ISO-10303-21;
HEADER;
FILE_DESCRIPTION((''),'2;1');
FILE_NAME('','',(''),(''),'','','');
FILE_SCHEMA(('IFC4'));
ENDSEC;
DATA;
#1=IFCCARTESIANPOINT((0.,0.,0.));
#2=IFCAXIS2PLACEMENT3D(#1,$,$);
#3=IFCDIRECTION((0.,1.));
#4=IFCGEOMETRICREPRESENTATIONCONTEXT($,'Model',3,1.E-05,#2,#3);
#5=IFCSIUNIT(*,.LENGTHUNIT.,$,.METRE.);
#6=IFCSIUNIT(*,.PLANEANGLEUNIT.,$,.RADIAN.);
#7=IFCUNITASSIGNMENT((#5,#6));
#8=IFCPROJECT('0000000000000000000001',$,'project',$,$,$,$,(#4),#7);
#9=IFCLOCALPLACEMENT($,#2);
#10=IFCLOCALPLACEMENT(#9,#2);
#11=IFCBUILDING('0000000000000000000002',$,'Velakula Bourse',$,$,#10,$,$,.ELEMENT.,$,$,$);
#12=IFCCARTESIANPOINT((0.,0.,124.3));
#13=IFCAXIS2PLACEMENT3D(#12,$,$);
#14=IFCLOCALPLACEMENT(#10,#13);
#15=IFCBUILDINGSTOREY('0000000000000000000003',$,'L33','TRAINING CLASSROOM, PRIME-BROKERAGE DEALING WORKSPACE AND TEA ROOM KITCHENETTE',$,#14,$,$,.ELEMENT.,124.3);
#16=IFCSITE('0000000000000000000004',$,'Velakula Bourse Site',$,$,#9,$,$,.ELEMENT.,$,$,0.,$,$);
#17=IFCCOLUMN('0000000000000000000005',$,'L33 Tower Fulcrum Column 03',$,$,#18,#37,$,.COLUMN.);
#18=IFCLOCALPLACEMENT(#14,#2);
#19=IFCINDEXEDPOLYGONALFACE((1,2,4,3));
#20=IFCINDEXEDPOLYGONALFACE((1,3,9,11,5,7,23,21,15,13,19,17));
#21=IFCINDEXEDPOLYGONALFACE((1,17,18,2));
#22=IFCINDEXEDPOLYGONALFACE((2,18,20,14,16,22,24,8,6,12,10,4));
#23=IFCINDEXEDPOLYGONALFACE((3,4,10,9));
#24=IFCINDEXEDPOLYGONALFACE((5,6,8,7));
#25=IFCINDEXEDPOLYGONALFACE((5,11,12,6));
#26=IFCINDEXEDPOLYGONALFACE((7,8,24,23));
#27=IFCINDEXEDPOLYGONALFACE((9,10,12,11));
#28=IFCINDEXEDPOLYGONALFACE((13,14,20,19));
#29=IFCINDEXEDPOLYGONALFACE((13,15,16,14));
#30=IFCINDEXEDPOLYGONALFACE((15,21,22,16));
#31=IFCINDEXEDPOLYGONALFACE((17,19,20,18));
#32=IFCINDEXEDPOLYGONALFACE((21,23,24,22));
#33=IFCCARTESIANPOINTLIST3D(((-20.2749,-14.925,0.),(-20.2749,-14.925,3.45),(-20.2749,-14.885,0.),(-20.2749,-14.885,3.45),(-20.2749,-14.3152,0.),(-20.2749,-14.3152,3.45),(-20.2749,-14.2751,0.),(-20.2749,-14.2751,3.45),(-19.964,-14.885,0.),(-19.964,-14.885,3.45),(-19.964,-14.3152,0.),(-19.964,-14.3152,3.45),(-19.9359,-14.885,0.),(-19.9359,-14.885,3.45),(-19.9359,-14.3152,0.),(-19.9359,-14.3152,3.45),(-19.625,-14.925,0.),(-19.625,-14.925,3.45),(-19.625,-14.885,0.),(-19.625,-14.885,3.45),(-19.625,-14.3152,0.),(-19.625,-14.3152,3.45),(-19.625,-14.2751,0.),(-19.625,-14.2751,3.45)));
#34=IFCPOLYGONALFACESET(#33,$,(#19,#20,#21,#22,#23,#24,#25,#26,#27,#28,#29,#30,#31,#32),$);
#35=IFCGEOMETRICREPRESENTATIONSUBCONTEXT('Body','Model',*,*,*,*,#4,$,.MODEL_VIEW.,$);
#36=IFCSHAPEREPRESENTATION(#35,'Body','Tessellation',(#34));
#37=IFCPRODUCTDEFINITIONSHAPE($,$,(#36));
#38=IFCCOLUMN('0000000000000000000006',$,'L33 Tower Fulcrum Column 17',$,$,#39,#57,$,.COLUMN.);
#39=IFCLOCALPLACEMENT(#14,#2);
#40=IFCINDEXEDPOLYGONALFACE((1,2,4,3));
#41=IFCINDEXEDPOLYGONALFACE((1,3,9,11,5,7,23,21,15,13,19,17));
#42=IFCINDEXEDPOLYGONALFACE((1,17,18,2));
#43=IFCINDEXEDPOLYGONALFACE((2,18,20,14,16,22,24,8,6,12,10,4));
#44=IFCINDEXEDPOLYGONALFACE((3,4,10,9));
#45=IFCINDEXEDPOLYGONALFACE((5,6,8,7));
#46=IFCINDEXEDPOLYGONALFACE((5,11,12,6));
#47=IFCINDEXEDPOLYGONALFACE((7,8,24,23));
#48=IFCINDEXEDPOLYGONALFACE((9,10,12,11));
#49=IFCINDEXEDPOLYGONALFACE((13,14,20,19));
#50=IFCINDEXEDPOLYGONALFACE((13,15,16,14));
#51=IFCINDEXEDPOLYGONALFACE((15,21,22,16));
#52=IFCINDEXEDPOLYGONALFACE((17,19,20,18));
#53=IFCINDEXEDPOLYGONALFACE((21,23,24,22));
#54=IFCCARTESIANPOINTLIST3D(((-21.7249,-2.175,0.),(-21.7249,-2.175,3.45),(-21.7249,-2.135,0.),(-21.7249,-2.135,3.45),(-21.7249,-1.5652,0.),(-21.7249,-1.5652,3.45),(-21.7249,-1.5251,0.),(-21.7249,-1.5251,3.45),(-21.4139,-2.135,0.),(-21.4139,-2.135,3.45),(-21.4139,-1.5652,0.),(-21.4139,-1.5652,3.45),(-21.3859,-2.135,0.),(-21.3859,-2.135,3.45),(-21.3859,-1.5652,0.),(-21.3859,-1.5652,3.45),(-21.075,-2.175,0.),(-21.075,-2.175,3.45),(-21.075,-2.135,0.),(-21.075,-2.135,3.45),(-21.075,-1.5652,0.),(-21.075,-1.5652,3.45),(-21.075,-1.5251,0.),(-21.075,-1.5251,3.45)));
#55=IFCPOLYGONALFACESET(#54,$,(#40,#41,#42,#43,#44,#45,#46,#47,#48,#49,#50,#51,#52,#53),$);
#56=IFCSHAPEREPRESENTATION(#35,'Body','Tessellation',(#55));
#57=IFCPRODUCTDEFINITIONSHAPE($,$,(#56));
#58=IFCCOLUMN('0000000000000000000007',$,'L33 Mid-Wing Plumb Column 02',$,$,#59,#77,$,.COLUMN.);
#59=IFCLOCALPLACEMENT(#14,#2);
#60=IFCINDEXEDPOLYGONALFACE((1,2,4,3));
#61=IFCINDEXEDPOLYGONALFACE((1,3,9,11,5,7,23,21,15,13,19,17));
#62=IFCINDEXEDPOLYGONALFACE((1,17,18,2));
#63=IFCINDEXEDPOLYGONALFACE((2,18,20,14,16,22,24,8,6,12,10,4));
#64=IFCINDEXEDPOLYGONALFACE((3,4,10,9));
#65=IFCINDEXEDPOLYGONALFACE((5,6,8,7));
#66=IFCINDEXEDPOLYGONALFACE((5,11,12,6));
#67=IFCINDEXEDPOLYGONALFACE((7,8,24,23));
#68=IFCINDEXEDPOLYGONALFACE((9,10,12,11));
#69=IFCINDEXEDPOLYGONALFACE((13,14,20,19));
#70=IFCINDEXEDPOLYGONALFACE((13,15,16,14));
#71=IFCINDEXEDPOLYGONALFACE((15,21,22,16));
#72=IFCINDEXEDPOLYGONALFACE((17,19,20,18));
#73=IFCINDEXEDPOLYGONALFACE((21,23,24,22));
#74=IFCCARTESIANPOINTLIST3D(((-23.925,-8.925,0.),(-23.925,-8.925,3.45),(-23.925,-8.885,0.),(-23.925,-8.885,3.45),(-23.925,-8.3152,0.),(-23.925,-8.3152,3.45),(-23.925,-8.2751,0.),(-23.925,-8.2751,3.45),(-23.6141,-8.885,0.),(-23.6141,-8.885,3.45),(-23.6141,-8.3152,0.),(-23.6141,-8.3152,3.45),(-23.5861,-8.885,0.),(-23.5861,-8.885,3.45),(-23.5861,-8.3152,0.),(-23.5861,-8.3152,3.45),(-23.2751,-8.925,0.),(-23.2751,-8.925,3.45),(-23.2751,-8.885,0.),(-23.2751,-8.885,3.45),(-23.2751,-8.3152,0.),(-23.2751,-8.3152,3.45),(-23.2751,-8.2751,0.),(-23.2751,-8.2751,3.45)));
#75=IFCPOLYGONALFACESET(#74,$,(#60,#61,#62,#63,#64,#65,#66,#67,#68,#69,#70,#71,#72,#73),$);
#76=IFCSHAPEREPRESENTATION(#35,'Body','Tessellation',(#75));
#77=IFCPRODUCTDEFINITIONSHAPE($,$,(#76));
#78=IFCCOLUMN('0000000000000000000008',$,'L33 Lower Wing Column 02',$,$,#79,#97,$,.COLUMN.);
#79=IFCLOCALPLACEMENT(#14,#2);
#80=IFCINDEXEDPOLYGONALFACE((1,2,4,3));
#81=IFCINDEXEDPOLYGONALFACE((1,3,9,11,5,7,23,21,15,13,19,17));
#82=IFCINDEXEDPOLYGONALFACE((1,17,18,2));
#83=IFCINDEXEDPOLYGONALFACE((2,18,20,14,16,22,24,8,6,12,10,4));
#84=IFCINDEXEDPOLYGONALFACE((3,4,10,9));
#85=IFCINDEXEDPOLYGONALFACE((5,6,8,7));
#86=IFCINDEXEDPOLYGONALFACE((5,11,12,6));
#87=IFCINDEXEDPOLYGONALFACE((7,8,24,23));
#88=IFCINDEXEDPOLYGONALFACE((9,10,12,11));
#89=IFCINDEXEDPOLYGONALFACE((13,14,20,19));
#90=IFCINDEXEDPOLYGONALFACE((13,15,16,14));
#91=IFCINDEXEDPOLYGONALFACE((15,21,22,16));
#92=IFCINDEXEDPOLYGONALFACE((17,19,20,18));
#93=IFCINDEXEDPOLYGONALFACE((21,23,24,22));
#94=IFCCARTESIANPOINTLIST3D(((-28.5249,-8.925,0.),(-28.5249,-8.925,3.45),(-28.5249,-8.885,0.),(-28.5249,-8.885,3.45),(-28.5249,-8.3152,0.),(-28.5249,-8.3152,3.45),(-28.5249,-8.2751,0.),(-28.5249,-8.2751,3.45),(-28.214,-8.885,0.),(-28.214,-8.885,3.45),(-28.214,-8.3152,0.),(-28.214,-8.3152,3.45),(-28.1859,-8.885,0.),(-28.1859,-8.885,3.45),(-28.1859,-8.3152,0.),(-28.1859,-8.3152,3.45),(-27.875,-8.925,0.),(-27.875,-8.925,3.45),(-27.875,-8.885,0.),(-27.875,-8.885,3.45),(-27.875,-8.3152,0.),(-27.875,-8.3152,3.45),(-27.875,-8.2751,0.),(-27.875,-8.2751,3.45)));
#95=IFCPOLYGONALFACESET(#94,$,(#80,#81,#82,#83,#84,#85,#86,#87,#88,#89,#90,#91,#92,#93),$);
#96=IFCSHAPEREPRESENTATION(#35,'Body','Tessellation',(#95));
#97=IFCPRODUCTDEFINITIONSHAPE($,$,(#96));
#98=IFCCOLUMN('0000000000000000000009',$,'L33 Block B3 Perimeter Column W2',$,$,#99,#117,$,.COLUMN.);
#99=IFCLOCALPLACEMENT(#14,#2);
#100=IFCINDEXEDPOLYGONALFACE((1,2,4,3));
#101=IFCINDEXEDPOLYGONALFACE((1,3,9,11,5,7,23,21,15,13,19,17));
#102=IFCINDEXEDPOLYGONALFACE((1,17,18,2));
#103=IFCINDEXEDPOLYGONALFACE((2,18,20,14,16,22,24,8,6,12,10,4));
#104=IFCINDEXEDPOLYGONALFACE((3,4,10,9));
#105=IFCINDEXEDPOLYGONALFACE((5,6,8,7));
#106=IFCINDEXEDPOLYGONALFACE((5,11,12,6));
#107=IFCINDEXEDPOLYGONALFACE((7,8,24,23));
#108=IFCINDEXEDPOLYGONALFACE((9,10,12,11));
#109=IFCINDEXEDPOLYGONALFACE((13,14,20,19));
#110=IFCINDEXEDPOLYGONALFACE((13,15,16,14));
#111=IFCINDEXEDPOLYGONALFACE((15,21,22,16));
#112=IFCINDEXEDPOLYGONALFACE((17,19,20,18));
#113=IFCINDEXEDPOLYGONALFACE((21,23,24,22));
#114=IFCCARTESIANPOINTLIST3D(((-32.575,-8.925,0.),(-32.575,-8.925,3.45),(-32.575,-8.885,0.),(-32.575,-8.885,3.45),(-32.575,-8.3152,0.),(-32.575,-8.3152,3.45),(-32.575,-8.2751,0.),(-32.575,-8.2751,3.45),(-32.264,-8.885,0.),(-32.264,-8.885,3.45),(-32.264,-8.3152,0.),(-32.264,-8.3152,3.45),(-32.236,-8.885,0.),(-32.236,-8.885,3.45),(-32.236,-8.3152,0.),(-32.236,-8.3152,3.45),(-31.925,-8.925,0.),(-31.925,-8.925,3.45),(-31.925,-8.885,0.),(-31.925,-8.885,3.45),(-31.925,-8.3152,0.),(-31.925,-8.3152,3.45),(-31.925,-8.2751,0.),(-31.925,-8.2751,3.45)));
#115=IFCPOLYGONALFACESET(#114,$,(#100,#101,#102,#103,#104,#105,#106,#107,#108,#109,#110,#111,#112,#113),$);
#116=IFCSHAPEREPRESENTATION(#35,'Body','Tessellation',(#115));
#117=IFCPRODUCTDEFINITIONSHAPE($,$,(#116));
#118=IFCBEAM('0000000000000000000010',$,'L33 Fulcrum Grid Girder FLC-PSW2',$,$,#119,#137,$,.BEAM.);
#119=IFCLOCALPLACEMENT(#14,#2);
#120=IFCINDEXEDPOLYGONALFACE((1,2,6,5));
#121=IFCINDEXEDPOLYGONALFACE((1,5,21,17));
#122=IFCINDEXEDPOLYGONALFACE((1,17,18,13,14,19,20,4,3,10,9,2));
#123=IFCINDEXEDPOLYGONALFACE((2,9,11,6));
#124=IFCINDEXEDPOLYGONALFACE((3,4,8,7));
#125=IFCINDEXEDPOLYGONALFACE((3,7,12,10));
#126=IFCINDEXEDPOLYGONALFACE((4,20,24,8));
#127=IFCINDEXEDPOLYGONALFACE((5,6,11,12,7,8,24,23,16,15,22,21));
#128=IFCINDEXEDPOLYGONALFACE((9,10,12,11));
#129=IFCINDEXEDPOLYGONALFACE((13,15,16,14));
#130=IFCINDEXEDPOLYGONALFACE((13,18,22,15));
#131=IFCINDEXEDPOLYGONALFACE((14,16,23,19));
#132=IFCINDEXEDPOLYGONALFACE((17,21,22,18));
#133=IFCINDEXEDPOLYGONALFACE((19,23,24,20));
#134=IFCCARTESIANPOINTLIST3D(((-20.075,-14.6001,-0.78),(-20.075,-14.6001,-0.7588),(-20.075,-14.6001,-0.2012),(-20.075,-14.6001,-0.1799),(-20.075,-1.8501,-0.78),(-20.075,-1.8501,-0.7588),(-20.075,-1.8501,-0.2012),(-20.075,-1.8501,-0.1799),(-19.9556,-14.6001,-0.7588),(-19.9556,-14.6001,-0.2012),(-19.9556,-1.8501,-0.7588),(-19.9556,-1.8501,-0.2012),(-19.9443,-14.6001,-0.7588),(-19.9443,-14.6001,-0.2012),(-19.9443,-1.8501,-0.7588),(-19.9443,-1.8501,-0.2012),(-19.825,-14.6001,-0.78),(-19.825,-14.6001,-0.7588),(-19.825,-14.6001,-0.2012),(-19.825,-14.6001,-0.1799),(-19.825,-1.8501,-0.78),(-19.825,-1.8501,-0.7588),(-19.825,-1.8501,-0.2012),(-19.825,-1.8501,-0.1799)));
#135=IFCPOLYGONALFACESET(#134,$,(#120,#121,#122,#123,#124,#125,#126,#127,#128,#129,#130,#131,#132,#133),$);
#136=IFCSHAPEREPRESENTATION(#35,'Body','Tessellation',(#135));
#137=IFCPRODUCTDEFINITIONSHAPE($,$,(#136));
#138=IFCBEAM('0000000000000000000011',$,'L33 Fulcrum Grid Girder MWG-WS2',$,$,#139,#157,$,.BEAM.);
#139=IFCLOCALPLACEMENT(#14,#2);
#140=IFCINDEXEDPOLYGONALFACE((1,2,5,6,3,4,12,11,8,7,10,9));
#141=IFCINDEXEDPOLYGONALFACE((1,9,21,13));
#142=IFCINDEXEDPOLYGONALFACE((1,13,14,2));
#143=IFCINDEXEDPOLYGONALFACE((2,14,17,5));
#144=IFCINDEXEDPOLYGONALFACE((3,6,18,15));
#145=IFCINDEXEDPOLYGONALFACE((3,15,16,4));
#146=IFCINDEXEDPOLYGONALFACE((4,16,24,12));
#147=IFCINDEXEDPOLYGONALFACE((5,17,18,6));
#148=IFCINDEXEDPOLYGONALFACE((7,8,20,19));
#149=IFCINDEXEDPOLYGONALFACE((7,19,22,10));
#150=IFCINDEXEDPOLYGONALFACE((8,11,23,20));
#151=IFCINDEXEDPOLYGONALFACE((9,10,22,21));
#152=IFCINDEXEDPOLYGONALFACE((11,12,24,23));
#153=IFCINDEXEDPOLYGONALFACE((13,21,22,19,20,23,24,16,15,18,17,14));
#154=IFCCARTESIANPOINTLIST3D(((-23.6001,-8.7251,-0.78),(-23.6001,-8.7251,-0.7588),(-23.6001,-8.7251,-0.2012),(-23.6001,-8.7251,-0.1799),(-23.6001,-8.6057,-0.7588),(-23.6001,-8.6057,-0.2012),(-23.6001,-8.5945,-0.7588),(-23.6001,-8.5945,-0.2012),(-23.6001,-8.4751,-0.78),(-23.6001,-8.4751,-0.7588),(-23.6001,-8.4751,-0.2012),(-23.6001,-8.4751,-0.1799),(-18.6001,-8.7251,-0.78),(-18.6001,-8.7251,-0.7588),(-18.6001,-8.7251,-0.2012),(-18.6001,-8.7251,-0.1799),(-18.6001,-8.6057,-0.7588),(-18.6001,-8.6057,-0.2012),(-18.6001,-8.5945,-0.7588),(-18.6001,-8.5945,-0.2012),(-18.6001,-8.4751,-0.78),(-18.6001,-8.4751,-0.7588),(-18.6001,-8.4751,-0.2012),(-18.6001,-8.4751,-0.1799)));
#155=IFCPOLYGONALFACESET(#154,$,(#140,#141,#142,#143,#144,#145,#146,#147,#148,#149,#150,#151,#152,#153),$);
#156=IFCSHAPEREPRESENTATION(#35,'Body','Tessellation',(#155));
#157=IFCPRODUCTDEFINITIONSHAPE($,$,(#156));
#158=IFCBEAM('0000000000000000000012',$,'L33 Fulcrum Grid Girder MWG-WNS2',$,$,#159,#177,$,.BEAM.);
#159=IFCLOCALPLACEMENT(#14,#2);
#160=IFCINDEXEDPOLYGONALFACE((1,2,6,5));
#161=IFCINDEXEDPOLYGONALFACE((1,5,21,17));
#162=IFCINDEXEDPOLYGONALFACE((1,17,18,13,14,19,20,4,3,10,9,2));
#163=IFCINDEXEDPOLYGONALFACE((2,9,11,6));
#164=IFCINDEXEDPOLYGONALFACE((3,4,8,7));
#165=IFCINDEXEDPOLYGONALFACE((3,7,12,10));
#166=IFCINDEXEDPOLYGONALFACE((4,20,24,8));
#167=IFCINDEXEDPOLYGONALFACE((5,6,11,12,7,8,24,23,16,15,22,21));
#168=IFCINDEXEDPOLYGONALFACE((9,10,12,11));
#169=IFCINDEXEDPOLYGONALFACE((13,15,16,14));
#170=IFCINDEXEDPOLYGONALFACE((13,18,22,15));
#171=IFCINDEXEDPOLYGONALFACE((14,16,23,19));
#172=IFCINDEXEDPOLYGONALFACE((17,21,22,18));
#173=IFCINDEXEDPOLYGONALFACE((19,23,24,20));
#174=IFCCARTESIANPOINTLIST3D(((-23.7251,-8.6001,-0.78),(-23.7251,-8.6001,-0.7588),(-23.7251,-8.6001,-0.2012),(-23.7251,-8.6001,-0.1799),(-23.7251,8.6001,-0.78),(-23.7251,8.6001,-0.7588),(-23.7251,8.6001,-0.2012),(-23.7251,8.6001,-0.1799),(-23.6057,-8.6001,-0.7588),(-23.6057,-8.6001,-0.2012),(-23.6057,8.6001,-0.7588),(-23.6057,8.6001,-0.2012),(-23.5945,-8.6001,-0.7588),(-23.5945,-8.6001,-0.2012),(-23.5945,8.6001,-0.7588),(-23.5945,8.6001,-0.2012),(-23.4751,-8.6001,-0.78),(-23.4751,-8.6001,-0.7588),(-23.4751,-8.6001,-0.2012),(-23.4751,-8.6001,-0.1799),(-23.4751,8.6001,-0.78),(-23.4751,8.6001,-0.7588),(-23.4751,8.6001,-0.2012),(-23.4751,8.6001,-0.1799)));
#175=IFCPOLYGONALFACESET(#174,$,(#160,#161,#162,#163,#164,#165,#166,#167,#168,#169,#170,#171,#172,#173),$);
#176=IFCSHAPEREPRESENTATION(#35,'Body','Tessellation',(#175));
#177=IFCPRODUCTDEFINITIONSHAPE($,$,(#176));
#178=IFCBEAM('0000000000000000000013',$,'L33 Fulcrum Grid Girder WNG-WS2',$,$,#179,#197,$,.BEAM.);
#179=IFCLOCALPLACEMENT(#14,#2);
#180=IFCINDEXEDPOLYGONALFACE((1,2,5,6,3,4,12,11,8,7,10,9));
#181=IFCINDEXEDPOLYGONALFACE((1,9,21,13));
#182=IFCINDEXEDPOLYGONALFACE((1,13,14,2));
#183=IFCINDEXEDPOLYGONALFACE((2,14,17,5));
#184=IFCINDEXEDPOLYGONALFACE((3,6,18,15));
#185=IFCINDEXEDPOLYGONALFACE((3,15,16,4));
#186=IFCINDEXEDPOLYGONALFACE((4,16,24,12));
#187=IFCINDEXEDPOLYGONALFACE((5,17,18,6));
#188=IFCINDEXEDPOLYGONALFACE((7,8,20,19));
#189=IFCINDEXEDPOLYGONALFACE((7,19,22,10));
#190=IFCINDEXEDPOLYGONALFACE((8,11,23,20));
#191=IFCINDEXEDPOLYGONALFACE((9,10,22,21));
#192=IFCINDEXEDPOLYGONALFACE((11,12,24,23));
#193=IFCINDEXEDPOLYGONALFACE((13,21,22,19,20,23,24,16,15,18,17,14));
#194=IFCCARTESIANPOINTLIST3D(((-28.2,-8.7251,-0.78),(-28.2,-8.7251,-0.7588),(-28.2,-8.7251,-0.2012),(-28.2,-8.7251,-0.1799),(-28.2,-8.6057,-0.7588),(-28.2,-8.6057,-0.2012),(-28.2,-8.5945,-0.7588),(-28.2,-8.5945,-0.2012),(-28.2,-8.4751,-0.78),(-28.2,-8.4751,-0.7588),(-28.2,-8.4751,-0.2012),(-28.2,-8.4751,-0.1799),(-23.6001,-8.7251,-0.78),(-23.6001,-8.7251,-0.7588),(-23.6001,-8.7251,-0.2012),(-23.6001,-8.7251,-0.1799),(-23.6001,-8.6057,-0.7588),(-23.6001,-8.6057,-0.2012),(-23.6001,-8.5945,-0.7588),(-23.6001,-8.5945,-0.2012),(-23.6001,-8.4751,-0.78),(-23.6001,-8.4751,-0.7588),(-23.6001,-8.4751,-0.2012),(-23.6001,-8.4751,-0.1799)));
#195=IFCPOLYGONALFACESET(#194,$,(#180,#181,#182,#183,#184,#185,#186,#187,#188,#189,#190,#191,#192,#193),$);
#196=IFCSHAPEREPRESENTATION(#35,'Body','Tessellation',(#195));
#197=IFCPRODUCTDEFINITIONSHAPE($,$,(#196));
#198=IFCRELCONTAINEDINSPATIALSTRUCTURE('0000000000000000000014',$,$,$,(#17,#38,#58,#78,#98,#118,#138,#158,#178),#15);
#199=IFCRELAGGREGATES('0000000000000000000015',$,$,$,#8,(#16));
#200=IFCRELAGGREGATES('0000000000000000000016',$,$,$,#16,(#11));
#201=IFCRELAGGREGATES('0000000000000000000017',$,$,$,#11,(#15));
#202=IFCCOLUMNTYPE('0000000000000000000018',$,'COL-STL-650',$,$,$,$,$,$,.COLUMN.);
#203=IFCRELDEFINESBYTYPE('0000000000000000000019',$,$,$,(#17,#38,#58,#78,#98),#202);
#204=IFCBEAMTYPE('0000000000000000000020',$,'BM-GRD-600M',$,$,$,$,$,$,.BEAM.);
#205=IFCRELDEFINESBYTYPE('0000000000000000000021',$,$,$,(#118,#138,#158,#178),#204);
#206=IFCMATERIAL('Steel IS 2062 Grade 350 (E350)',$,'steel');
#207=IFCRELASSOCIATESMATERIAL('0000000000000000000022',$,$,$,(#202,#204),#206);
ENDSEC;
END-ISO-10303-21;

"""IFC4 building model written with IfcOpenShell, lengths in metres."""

from ifc_helpers import new_model, si_unit, direction, frame, origin, origin_2d, place, context, subcontext, project, spatial, i_section, extrude, material, material_profile, profile_set, type_object, element, save


model = new_model("IFC4")

# Units and contexts
model_context = context("Model", 3, precision=1e-05, world=origin(), true_north=direction((0.0, 1.0)))
body_context = subcontext(model_context, "Body", "Model", "MODEL_VIEW")
ifc_project = project(units=[si_unit("LENGTHUNIT", "METRE"), si_unit("PLANEANGLEUNIT", "RADIAN")], contexts=[model_context])

# Site, building, storey
site_placement = place(None, origin())
site = spatial("IfcSite", under=ifc_project, at=site_placement, Name="Velakula Bourse Site", CompositionType="ELEMENT", RefElevation=0.0)
building_placement = place(site_placement, origin())
building = spatial("IfcBuilding", under=site, at=building_placement, Name="Velakula Bourse", CompositionType="ELEMENT")
storey_placement = place(building_placement, frame((0.0, 0.0, 124.3)))
storey = spatial("IfcBuildingStorey", under=building, at=storey_placement, Name="L33", Description="TRAINING CLASSROOM, PRIME-BROKERAGE DEALING WORKSPACE AND TEA ROOM KITCHENETTE", CompositionType="ELEMENT", Elevation=124.3)

# Columns
ifc_material_1 = material(Name="Steel IS 2062 Grade 350 (E350)", Category="steel")
ifc_material_profile_1 = material_profile(ifc_material_1, i_section(OverallWidth=0.6499, OverallDepth=0.6499, WebThickness=0.0281, FlangeThickness=0.04, at=origin_2d()), Name="Steel IS 2062 Grade 350 (E350)")
ifc_profile_set_1 = profile_set([ifc_material_profile_1], Name="Steel IS 2062 Grade 350 (E350)")
column_type = type_object("IfcColumnType", Name="COL-STL-650", PredefinedType="COLUMN", material=ifc_profile_set_1)
for number, where, z_axis, x_axis, name in (
    (1, (-19.95, -14.6001, 0.0), (0.0, 0.0, 1.0), (1.0, 0.0, 0.0), "L33 Tower Fulcrum Column 03"),
    (2, (-21.3999, -1.8501, 0.0), (0.0, 0.0, 1.0), (1.0, 0.0, 0.0), "L33 Tower Fulcrum Column 17"),
    (3, (-23.6001, -8.6001, 0.0), (0.0, 0.0, 1.0), (1.0, 0.0, 0.0), "L33 Mid-Wing Plumb Column 02"),
    (4, (-28.2, -8.6001, 0.0), (0.0, 0.0, 1.0), (1.0, 0.0, 0.0), "L33 Lower Wing Column 02"),
    (5, (-32.25, -8.6001, 0.0), (0.0, 0.0, 1.0), (1.0, 0.0, 0.0), "L33 Block B3 Perimeter Column W2"),
):
    element("IfcColumn", number, at=place(storey_placement, frame(where, z_axis=z_axis, x_axis=x_axis)), inside=storey, type_object=column_type, Name=name, PredefinedType="COLUMN", context=body_context, shape_type="SweptSolid", body=[
        extrude(i_section(OverallWidth=0.6499, OverallDepth=0.6499, WebThickness=0.0281, FlangeThickness=0.04, at=origin_2d()), origin(), (0.0, 0.0, 1.0), 3.45),
    ])

# Beams
ifc_material_profile_2 = material_profile(ifc_material_1, i_section(OverallWidth=0.25, OverallDepth=0.6001, WebThickness=0.0112, FlangeThickness=0.0212, at=origin_2d()), Name="Steel IS 2062 Grade 350 (E350)")
ifc_profile_set_2 = profile_set([ifc_material_profile_2], Name="Steel IS 2062 Grade 350 (E350)")
beam_type_1 = type_object("IfcBeamType", Name="BM-GRD-600M", PredefinedType="BEAM", material=ifc_profile_set_2)
beam_1_placement = place(storey_placement, frame((-19.95, -14.6001, -0.48), z_axis=(0.0, 1.0, 0.0), x_axis=(-1.0, 0.0, 0.0)))
element("IfcBeam", 6, at=beam_1_placement, inside=storey, type_object=beam_type_1, Name="L33 Fulcrum Grid Girder FLC-PSW2", PredefinedType="BEAM", context=body_context, shape_type="SweptSolid", body=[
    extrude(i_section(OverallWidth=0.25, OverallDepth=0.6001, WebThickness=0.0112, FlangeThickness=0.0212, at=origin_2d()), origin(), (0.0, 0.0, 1.0), 12.75),
])
beam_2_placement = place(storey_placement, frame((-23.6001, -8.6001, -0.48), z_axis=(1.0, 0.0, 0.0), x_axis=(0.0, 1.0, 0.0)))
element("IfcBeam", 7, at=beam_2_placement, inside=storey, type_object=beam_type_1, Name="L33 Fulcrum Grid Girder MWG-WS2", PredefinedType="BEAM", context=body_context, shape_type="SweptSolid", body=[
    extrude(i_section(OverallWidth=0.25, OverallDepth=0.6001, WebThickness=0.0112, FlangeThickness=0.0212, at=origin_2d()), origin(), (0.0, 0.0, 1.0), 5.0),
])
beam_3_placement = place(storey_placement, frame((-23.6001, -8.6001, -0.48), z_axis=(0.0, 1.0, 0.0), x_axis=(-1.0, 0.0, 0.0)))
element("IfcBeam", 8, at=beam_3_placement, inside=storey, type_object=beam_type_1, Name="L33 Fulcrum Grid Girder MWG-WNS2", PredefinedType="BEAM", context=body_context, shape_type="SweptSolid", body=[
    extrude(i_section(OverallWidth=0.25, OverallDepth=0.6001, WebThickness=0.0112, FlangeThickness=0.0212, at=origin_2d()), origin(), (0.0, 0.0, 1.0), 17.2002),
])
beam_4_placement = place(storey_placement, frame((-28.2, -8.6001, -0.48), z_axis=(1.0, 0.0, 0.0), x_axis=(0.0, 1.0, 0.0)))
element("IfcBeam", 9, at=beam_4_placement, inside=storey, type_object=beam_type_1, Name="L33 Fulcrum Grid Girder WNG-WS2", PredefinedType="BEAM", context=body_context, shape_type="SweptSolid", body=[
    extrude(i_section(OverallWidth=0.25, OverallDepth=0.6001, WebThickness=0.0112, FlangeThickness=0.0212, at=origin_2d()), origin(), (0.0, 0.0, 1.0), 4.5999),
])

save(model, "model.ifc")
